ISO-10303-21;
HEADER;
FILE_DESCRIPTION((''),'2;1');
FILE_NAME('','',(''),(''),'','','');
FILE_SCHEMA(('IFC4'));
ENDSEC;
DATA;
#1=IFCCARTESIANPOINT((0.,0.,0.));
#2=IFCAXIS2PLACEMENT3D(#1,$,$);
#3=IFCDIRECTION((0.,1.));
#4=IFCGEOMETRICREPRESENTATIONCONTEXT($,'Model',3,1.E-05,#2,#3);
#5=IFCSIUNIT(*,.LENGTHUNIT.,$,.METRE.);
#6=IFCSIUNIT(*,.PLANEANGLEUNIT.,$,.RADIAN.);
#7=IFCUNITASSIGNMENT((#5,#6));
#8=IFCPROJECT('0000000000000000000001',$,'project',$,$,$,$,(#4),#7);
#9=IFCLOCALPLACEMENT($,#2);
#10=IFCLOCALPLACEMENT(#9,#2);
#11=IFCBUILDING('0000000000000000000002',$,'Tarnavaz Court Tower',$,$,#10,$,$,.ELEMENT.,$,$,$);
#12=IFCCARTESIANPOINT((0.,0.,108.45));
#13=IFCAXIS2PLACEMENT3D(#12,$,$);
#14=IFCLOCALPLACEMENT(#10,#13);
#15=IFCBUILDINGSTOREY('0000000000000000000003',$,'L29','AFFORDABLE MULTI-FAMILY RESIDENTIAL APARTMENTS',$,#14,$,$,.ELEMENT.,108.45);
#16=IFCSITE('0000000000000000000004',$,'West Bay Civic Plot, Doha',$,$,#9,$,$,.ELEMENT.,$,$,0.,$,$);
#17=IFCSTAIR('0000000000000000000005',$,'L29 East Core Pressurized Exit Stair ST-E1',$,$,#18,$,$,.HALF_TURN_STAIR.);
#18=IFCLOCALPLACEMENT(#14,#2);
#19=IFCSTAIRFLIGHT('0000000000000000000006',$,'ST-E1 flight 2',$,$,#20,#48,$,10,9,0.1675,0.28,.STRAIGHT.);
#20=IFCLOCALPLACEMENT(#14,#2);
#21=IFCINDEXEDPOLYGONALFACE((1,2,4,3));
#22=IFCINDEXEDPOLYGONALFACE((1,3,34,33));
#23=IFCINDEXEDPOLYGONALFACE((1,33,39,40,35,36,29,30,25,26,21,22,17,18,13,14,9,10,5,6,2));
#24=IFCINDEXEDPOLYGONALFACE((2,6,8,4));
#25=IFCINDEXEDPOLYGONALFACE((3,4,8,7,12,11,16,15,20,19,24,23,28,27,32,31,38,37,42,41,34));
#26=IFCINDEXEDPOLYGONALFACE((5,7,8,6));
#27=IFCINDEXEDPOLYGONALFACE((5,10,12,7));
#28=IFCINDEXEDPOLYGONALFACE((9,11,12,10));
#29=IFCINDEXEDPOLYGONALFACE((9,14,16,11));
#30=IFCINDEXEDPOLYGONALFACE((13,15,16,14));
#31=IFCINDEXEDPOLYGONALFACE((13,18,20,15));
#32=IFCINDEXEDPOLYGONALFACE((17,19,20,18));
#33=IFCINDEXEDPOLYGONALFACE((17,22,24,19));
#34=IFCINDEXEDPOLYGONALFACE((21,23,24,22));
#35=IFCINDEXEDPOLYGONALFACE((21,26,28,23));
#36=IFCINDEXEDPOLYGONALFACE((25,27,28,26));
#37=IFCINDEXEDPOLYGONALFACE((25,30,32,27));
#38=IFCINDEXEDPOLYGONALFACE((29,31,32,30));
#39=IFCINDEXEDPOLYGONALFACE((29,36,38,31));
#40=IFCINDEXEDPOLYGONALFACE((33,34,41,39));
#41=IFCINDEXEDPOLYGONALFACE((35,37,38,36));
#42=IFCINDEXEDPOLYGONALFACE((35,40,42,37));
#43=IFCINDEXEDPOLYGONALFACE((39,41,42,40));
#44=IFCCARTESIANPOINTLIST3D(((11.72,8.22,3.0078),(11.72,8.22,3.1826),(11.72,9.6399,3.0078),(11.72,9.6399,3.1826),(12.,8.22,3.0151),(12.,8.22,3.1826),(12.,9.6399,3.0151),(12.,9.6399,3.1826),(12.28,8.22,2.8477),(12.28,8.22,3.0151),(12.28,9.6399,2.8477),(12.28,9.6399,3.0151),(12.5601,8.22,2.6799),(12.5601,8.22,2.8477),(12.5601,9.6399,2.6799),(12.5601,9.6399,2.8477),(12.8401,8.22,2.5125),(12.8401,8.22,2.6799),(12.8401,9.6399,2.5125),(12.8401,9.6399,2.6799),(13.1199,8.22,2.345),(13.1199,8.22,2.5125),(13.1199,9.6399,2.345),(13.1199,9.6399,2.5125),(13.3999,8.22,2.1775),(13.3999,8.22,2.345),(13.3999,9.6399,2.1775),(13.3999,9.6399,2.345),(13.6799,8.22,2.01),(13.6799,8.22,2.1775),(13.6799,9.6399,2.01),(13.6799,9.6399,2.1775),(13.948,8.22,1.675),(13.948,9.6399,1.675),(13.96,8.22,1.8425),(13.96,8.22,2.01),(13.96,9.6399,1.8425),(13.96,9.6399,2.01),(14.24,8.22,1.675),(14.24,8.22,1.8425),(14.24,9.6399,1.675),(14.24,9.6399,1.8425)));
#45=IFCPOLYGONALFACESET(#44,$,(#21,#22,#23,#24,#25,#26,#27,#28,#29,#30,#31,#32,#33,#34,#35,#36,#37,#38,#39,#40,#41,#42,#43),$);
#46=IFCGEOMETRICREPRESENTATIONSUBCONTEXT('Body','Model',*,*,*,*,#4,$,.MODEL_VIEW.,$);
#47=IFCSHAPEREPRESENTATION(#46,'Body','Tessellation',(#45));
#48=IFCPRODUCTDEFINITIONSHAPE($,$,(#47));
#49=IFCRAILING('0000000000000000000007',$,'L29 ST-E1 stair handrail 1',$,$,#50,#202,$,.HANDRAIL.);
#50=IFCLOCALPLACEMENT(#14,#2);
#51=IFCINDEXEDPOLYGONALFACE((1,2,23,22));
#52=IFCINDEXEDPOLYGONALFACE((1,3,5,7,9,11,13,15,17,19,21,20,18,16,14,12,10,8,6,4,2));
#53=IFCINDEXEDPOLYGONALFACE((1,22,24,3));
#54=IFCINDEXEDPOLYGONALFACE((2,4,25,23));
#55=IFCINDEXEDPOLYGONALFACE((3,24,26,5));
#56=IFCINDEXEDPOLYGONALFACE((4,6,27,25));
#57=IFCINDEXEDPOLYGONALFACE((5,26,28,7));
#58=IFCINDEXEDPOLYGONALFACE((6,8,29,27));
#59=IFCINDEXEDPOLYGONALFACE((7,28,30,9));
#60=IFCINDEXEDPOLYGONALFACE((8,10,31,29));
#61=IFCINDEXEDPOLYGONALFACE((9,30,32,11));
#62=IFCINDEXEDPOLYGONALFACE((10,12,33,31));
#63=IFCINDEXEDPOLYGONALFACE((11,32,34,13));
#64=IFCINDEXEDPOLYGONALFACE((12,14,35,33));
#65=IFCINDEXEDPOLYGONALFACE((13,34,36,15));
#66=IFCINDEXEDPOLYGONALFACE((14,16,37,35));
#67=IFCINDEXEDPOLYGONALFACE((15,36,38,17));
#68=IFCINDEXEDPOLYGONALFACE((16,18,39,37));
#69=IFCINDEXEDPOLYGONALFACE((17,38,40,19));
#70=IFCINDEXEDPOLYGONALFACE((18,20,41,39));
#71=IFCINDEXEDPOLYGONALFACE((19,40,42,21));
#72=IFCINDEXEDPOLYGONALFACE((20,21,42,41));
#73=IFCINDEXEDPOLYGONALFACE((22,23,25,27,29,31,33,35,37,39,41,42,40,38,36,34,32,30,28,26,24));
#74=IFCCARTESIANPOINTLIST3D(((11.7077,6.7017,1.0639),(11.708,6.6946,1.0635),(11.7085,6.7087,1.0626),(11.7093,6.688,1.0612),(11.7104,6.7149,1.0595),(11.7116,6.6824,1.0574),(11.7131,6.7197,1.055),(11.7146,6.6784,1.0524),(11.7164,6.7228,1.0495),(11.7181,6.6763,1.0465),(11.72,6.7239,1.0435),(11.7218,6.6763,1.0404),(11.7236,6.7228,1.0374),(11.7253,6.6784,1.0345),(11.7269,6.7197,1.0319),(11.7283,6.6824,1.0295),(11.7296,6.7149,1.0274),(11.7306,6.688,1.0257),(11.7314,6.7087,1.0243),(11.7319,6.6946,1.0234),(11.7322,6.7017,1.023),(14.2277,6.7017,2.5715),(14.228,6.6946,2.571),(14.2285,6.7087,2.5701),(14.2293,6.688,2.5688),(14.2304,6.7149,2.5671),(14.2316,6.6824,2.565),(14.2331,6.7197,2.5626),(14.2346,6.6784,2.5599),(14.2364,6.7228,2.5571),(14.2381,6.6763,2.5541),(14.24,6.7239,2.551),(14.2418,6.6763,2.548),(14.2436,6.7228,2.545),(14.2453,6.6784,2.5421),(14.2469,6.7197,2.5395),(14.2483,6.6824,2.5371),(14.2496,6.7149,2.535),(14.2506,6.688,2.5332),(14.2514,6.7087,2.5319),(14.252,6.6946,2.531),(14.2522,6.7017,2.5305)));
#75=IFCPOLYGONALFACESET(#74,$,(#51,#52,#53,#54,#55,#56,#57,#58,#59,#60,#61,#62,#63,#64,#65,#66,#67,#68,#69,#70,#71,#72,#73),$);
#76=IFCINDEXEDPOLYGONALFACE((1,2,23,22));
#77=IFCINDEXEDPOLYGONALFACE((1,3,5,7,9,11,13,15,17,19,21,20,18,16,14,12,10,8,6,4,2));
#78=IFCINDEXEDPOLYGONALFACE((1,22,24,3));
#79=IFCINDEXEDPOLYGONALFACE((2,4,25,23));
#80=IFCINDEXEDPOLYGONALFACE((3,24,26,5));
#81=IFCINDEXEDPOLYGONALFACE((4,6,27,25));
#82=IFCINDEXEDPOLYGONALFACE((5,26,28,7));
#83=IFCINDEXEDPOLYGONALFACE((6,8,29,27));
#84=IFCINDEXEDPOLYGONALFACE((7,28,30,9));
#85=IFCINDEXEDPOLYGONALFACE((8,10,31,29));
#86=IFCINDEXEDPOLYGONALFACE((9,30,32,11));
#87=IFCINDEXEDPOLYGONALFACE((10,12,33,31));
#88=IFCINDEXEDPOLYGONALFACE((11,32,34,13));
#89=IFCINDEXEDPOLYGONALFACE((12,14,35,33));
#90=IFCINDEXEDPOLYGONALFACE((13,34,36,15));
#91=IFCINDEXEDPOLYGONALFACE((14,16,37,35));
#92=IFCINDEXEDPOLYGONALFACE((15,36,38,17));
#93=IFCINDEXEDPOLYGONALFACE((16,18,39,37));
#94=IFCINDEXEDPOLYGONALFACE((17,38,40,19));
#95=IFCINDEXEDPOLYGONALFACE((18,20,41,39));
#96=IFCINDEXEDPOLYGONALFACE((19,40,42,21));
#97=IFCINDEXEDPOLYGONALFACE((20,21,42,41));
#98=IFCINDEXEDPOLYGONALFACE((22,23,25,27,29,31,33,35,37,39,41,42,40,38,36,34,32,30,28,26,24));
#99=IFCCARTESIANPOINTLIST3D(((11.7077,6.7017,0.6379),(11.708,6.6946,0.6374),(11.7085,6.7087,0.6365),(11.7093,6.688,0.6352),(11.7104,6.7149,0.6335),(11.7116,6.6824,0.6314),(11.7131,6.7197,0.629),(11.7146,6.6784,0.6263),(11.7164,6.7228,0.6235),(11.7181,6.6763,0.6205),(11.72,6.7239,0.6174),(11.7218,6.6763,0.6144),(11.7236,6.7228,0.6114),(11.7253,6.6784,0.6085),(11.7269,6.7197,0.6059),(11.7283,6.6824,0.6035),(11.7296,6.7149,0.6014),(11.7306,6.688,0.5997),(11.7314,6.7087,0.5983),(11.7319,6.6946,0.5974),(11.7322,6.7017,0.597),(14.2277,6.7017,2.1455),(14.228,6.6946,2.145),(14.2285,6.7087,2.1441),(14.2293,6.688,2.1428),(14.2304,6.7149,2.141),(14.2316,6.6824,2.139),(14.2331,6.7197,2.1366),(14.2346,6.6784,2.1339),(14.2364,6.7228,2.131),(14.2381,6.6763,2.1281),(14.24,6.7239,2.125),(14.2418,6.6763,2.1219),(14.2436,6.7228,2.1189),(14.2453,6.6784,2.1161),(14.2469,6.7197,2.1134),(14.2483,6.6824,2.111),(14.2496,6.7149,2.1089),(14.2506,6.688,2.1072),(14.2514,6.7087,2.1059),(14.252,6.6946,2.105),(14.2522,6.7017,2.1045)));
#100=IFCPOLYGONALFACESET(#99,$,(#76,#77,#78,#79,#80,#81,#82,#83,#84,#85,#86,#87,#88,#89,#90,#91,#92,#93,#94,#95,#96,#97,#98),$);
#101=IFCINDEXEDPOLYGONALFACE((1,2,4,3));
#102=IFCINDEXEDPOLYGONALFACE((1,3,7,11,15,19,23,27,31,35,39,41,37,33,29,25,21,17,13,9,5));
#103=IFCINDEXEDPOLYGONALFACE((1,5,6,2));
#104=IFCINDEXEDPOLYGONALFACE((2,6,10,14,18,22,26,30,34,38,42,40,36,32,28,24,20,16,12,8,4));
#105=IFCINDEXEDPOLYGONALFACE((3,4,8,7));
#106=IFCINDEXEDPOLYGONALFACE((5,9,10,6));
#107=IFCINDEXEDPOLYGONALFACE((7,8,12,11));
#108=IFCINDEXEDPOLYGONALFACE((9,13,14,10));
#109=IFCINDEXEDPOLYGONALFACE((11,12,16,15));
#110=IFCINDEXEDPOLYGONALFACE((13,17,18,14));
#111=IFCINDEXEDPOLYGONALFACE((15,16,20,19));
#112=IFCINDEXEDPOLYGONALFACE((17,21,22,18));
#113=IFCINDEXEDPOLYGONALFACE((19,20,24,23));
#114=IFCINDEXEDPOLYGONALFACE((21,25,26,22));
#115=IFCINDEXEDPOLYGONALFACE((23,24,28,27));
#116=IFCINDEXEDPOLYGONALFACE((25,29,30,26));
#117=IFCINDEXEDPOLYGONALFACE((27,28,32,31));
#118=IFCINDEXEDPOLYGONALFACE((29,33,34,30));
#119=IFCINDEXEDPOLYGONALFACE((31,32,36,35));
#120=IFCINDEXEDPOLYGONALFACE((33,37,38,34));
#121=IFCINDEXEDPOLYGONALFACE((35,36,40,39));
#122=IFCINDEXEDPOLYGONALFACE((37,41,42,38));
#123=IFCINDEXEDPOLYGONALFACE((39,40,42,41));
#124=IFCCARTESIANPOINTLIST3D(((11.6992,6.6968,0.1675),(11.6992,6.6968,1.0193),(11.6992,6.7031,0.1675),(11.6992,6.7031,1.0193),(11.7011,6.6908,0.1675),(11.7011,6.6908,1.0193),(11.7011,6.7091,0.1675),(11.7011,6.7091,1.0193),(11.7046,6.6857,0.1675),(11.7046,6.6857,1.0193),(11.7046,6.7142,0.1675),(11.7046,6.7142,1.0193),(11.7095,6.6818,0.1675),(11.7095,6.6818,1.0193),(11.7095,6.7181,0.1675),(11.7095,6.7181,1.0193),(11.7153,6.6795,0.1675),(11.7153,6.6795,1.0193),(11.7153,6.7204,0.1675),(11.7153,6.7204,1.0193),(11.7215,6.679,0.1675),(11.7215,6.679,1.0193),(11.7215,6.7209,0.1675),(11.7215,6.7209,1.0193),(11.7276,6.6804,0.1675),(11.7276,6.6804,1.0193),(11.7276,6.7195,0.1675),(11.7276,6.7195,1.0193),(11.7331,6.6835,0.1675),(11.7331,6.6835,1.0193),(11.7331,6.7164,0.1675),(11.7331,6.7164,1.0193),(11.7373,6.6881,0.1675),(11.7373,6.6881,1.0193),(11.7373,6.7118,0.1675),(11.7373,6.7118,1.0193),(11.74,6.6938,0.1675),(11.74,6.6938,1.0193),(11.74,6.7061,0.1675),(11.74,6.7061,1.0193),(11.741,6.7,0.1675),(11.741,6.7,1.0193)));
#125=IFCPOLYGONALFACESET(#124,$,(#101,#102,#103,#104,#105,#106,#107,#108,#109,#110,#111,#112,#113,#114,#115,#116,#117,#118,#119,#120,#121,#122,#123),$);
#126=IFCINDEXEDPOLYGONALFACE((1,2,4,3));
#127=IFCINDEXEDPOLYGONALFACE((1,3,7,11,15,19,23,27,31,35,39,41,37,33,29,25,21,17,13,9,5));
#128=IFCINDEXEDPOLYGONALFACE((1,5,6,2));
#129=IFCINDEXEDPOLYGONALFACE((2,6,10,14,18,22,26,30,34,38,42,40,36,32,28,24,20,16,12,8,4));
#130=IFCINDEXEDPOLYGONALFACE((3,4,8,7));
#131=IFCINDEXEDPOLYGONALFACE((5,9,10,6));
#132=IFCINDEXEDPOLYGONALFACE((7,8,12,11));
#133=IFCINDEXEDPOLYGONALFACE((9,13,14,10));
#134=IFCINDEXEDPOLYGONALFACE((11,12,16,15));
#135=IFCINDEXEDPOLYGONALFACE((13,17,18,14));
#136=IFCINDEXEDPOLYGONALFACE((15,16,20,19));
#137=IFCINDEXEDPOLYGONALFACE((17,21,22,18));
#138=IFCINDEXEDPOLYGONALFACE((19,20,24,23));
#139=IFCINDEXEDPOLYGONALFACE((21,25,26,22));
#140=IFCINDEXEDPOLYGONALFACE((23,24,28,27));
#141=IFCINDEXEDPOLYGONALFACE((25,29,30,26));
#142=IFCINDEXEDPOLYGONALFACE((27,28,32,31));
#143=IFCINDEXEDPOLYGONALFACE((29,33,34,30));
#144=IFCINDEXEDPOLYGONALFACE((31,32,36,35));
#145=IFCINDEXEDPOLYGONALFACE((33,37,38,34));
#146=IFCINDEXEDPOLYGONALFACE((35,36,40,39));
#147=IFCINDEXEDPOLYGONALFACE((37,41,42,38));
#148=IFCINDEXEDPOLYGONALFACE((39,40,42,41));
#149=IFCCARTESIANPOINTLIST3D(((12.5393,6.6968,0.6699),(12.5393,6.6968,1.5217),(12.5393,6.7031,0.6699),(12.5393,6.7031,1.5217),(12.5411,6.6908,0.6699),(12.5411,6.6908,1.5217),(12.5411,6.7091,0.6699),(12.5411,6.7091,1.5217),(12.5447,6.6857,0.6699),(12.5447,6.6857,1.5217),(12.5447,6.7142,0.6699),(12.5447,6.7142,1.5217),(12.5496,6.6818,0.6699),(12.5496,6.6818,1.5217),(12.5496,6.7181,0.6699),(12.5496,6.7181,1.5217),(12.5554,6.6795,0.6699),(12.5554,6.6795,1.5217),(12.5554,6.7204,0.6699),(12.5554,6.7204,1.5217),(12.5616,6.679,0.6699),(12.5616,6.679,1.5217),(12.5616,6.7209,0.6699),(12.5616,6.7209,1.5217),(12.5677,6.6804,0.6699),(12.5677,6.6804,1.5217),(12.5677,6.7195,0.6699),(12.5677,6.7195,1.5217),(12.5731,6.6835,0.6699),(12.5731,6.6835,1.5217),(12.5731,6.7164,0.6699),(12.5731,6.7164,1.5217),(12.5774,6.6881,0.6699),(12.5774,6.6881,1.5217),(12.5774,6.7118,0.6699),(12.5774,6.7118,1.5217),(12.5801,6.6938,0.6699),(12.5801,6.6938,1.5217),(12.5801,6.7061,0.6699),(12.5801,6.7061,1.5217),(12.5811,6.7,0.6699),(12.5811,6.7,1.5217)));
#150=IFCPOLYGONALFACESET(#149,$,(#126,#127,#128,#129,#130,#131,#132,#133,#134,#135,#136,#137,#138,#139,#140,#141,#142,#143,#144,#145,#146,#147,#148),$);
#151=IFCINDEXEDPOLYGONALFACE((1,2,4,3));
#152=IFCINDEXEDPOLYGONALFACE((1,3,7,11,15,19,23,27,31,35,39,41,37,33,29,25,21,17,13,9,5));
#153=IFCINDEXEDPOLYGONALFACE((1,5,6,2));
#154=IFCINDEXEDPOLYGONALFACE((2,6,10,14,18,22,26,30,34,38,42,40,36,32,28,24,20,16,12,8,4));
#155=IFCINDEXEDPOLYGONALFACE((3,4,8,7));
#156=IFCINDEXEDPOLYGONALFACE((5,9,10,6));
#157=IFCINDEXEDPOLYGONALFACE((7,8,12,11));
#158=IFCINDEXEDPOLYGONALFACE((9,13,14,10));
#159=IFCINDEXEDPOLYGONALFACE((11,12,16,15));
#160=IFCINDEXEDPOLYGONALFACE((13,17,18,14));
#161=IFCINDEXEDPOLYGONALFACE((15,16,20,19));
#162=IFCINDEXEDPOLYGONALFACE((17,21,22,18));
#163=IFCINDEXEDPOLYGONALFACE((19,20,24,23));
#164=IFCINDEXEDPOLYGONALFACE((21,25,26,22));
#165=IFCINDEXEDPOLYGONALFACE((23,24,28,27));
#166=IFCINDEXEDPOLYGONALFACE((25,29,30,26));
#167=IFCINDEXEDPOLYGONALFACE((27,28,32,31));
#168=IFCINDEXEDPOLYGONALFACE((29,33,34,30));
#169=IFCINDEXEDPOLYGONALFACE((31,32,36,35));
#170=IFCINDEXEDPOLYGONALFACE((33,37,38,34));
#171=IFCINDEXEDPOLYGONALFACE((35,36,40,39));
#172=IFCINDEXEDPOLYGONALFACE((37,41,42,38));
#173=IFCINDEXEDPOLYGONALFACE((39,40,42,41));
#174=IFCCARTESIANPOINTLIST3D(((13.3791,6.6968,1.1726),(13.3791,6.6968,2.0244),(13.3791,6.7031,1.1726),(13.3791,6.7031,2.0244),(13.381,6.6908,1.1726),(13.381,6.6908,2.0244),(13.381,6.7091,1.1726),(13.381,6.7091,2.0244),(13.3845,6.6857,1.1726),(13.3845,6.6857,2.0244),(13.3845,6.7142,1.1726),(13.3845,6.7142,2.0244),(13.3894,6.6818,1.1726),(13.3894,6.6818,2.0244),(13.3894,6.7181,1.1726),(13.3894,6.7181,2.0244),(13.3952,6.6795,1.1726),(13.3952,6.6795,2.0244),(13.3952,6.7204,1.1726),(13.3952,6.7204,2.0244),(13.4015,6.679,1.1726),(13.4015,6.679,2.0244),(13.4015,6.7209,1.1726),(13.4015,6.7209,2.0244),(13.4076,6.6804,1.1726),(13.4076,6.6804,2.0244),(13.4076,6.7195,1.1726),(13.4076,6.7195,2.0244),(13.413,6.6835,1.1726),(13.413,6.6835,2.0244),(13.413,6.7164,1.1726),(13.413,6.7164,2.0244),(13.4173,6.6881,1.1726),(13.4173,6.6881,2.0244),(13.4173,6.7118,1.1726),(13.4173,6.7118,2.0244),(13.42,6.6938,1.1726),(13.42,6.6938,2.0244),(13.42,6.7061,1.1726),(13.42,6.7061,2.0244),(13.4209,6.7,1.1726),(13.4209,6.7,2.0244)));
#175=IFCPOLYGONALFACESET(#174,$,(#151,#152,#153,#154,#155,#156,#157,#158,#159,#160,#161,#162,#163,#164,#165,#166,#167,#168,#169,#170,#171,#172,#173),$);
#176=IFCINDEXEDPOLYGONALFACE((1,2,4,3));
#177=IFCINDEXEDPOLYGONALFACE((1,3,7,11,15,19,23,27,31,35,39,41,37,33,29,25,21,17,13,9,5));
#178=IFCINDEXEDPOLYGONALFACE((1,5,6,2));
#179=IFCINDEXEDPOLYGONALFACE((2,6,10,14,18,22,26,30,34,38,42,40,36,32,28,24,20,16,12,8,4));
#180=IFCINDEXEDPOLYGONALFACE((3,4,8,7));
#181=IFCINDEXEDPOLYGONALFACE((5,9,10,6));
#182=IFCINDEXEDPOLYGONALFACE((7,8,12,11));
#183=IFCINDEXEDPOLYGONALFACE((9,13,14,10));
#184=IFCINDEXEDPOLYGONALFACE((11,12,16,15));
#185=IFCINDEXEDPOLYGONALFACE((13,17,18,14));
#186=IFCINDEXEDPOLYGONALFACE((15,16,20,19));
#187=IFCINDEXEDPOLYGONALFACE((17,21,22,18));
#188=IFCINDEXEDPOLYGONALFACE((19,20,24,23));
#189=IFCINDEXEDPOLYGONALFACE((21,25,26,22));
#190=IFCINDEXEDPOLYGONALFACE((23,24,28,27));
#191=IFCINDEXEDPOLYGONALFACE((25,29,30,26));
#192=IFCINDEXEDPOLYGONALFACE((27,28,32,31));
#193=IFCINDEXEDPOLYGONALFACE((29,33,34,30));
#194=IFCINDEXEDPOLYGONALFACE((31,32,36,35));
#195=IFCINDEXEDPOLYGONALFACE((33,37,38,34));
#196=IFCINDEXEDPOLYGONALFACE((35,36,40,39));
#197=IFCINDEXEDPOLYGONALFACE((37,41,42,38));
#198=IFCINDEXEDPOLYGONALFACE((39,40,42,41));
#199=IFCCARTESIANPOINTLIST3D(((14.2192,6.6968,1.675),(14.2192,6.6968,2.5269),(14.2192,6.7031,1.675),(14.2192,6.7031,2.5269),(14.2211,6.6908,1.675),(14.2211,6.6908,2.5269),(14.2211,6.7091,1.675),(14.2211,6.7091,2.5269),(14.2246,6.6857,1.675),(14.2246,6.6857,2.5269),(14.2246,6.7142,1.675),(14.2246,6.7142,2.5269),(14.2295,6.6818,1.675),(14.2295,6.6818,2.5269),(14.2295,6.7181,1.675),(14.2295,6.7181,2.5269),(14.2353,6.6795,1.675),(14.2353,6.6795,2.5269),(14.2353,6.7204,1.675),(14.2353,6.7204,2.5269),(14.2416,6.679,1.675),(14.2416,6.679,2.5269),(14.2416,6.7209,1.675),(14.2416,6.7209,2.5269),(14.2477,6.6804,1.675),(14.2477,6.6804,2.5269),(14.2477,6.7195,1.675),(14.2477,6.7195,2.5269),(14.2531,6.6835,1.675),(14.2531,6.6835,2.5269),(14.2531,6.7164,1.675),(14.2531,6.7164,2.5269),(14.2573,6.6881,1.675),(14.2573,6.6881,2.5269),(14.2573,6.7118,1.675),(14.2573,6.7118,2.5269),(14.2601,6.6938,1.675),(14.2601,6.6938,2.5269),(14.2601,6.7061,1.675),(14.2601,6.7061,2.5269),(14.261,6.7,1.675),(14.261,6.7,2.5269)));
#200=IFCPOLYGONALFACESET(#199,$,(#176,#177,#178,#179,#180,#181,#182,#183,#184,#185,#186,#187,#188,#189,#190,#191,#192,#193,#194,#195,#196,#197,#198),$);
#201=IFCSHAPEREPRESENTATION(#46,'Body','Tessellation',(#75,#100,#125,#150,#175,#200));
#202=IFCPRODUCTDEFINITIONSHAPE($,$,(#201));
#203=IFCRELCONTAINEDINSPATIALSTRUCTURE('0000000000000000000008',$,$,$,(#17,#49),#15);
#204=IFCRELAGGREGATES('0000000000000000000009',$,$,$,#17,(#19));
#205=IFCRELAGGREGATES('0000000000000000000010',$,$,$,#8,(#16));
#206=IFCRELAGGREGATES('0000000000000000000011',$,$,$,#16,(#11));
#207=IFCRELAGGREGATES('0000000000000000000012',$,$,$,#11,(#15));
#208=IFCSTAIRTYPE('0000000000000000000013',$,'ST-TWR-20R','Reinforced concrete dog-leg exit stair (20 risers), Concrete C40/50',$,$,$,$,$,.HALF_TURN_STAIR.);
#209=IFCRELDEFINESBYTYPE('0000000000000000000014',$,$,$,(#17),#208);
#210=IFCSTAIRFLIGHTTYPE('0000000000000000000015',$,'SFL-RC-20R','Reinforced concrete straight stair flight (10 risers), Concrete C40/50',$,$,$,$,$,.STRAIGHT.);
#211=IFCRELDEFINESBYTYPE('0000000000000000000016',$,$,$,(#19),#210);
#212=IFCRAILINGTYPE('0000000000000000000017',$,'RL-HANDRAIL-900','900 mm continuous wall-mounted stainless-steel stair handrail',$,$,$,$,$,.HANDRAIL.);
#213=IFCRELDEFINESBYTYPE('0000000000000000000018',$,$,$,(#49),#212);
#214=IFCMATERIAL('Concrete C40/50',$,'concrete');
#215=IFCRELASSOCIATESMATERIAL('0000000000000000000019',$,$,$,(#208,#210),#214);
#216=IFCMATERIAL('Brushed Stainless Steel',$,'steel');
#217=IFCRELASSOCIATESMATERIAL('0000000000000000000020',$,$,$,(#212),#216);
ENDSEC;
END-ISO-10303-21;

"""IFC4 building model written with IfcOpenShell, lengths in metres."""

from ifc_helpers import new_model, si_unit, direction, frame, origin, origin_2d, place, context, subcontext, project, spatial, polyline, circle, outline, extrude, material, type_object, element, aggregate, save


model = new_model("IFC4")

# Units and contexts
model_context = context("Model", 3, precision=1e-05, world=origin(), true_north=direction((0.0, 1.0)))
body_context = subcontext(model_context, "Body", "Model", "MODEL_VIEW")
ifc_project = project(units=[si_unit("LENGTHUNIT", "METRE"), si_unit("PLANEANGLEUNIT", "RADIAN")], contexts=[model_context])

# Site, building, storey
site_placement = place(None, origin())
site = spatial("IfcSite", under=ifc_project, at=site_placement, Name="West Bay Civic Plot, Doha", CompositionType="ELEMENT", RefElevation=0.0)
building_placement = place(site_placement, origin())
building = spatial("IfcBuilding", under=site, at=building_placement, Name="Tarnavaz Court Tower", CompositionType="ELEMENT")
storey_placement = place(building_placement, frame((0.0, 0.0, 108.45)))
storey = spatial("IfcBuildingStorey", under=building, at=storey_placement, Name="L29", Description="AFFORDABLE MULTI-FAMILY RESIDENTIAL APARTMENTS", CompositionType="ELEMENT", Elevation=108.45)

# Stair, stair flight
ifc_material_1 = material(Name="Concrete C40/50", Category="concrete")
stair_type = type_object("IfcStairType", Name="ST-TWR-20R", Description="Reinforced concrete dog-leg exit stair (20 risers), Concrete C40/50", PredefinedType="HALF_TURN_STAIR", material=ifc_material_1)
stair_placement = place(storey_placement, origin())
stair = element("IfcStair", 1, at=stair_placement, inside=storey, type_object=stair_type, Name="L29 East Core Pressurized Exit Stair ST-E1", PredefinedType="HALF_TURN_STAIR")
stair_flight_type = type_object("IfcStairFlightType", Name="SFL-RC-20R", Description="Reinforced concrete straight stair flight (10 risers), Concrete C40/50", PredefinedType="STRAIGHT", material=ifc_material_1)
stair_flight_1_placement = place(storey_placement, frame((14.24, 8.9299, 1.675), z_axis=(0.0, 0.0, 1.0), x_axis=(-1.0, 0.0, 0.0)))
stair_flight_1 = element("IfcStairFlight", 2, at=stair_flight_1_placement, type_object=stair_flight_type, Name="ST-E1 flight 2", NumberOfRisers=10, NumberOfTreads=9, PredefinedType="STRAIGHT", RiserHeight=0.1675, TreadLength=0.28, context=body_context, shape_type="SweptSolid", body=[
    extrude(outline(polyline([(0.0, 0.0), (0.0, 0.1675), (0.28, 0.1675), (0.28, 0.335), (0.5601, 0.335), (0.5601, 0.5024), (0.8401, 0.5024), (0.8401, 0.6699), (1.1201, 0.6699), (1.1201, 0.8374), (1.3999, 0.8374), (1.3999, 1.0049), (1.6799, 1.0049), (1.6799, 1.1726), (1.96, 1.1726), (1.96, 1.3401), (2.24, 1.3401), (2.24, 1.5076), (2.52, 1.5076), (2.52, 1.675), (2.52, 1.3328), (0.292, 0.0), (0.0, 0.0)])), frame((0.0, 0.71, 0.0), z_axis=(0.0, -1.0, 0.0), x_axis=(1.0, 0.0, 0.0)), (0.0, 0.0, 1.0), 1.4199),
])
aggregate(stair, [stair_flight_1])

# Railing
ifc_material_2 = material(Name="Brushed Stainless Steel", Category="steel")
railing_type_1 = type_object("IfcRailingType", Name="RL-HANDRAIL-900", Description="900 mm continuous wall-mounted stainless-steel stair handrail", PredefinedType="HANDRAIL", material=ifc_material_2)
railing_1_placement = place(storey_placement, frame((11.72, 6.7, 0.1675)))
element("IfcRailing", 3, at=railing_1_placement, inside=storey, type_object=railing_type_1, Name="L29 ST-E1 stair handrail 1", PredefinedType="HANDRAIL", context=body_context, shape_type="SweptSolid", body=[
    extrude(circle(Radius=0.0239, at=origin_2d()), frame((0.0, 0.0, 0.876), z_axis=(0.85816, 0.0, 0.513383), x_axis=(0.0, 1.0, 0.0)), (0.0, 0.0, 1.0), 2.9365),
    extrude(circle(Radius=0.0239, at=origin_2d()), frame((0.0, 0.0, 0.45), z_axis=(0.85816, 0.0, 0.513383), x_axis=(0.0, 1.0, 0.0)), (0.0, 0.0, 1.0), 2.9365),
    extrude(circle(Radius=0.021, at=origin_2d()), origin(), (0.0, 0.0, 1.0), 0.8518),
    extrude(circle(Radius=0.021, at=origin_2d()), frame((0.8401, 0.0, 0.5024)), (0.0, 0.0, 1.0), 0.8518),
    extrude(circle(Radius=0.021, at=origin_2d()), frame((1.6799, 0.0, 1.0051)), (0.0, 0.0, 1.0), 0.8518),
    extrude(circle(Radius=0.021, at=origin_2d()), frame((2.52, 0.0, 1.5076)), (0.0, 0.0, 1.0), 0.8518),
])

save(model, "model.ifc")
